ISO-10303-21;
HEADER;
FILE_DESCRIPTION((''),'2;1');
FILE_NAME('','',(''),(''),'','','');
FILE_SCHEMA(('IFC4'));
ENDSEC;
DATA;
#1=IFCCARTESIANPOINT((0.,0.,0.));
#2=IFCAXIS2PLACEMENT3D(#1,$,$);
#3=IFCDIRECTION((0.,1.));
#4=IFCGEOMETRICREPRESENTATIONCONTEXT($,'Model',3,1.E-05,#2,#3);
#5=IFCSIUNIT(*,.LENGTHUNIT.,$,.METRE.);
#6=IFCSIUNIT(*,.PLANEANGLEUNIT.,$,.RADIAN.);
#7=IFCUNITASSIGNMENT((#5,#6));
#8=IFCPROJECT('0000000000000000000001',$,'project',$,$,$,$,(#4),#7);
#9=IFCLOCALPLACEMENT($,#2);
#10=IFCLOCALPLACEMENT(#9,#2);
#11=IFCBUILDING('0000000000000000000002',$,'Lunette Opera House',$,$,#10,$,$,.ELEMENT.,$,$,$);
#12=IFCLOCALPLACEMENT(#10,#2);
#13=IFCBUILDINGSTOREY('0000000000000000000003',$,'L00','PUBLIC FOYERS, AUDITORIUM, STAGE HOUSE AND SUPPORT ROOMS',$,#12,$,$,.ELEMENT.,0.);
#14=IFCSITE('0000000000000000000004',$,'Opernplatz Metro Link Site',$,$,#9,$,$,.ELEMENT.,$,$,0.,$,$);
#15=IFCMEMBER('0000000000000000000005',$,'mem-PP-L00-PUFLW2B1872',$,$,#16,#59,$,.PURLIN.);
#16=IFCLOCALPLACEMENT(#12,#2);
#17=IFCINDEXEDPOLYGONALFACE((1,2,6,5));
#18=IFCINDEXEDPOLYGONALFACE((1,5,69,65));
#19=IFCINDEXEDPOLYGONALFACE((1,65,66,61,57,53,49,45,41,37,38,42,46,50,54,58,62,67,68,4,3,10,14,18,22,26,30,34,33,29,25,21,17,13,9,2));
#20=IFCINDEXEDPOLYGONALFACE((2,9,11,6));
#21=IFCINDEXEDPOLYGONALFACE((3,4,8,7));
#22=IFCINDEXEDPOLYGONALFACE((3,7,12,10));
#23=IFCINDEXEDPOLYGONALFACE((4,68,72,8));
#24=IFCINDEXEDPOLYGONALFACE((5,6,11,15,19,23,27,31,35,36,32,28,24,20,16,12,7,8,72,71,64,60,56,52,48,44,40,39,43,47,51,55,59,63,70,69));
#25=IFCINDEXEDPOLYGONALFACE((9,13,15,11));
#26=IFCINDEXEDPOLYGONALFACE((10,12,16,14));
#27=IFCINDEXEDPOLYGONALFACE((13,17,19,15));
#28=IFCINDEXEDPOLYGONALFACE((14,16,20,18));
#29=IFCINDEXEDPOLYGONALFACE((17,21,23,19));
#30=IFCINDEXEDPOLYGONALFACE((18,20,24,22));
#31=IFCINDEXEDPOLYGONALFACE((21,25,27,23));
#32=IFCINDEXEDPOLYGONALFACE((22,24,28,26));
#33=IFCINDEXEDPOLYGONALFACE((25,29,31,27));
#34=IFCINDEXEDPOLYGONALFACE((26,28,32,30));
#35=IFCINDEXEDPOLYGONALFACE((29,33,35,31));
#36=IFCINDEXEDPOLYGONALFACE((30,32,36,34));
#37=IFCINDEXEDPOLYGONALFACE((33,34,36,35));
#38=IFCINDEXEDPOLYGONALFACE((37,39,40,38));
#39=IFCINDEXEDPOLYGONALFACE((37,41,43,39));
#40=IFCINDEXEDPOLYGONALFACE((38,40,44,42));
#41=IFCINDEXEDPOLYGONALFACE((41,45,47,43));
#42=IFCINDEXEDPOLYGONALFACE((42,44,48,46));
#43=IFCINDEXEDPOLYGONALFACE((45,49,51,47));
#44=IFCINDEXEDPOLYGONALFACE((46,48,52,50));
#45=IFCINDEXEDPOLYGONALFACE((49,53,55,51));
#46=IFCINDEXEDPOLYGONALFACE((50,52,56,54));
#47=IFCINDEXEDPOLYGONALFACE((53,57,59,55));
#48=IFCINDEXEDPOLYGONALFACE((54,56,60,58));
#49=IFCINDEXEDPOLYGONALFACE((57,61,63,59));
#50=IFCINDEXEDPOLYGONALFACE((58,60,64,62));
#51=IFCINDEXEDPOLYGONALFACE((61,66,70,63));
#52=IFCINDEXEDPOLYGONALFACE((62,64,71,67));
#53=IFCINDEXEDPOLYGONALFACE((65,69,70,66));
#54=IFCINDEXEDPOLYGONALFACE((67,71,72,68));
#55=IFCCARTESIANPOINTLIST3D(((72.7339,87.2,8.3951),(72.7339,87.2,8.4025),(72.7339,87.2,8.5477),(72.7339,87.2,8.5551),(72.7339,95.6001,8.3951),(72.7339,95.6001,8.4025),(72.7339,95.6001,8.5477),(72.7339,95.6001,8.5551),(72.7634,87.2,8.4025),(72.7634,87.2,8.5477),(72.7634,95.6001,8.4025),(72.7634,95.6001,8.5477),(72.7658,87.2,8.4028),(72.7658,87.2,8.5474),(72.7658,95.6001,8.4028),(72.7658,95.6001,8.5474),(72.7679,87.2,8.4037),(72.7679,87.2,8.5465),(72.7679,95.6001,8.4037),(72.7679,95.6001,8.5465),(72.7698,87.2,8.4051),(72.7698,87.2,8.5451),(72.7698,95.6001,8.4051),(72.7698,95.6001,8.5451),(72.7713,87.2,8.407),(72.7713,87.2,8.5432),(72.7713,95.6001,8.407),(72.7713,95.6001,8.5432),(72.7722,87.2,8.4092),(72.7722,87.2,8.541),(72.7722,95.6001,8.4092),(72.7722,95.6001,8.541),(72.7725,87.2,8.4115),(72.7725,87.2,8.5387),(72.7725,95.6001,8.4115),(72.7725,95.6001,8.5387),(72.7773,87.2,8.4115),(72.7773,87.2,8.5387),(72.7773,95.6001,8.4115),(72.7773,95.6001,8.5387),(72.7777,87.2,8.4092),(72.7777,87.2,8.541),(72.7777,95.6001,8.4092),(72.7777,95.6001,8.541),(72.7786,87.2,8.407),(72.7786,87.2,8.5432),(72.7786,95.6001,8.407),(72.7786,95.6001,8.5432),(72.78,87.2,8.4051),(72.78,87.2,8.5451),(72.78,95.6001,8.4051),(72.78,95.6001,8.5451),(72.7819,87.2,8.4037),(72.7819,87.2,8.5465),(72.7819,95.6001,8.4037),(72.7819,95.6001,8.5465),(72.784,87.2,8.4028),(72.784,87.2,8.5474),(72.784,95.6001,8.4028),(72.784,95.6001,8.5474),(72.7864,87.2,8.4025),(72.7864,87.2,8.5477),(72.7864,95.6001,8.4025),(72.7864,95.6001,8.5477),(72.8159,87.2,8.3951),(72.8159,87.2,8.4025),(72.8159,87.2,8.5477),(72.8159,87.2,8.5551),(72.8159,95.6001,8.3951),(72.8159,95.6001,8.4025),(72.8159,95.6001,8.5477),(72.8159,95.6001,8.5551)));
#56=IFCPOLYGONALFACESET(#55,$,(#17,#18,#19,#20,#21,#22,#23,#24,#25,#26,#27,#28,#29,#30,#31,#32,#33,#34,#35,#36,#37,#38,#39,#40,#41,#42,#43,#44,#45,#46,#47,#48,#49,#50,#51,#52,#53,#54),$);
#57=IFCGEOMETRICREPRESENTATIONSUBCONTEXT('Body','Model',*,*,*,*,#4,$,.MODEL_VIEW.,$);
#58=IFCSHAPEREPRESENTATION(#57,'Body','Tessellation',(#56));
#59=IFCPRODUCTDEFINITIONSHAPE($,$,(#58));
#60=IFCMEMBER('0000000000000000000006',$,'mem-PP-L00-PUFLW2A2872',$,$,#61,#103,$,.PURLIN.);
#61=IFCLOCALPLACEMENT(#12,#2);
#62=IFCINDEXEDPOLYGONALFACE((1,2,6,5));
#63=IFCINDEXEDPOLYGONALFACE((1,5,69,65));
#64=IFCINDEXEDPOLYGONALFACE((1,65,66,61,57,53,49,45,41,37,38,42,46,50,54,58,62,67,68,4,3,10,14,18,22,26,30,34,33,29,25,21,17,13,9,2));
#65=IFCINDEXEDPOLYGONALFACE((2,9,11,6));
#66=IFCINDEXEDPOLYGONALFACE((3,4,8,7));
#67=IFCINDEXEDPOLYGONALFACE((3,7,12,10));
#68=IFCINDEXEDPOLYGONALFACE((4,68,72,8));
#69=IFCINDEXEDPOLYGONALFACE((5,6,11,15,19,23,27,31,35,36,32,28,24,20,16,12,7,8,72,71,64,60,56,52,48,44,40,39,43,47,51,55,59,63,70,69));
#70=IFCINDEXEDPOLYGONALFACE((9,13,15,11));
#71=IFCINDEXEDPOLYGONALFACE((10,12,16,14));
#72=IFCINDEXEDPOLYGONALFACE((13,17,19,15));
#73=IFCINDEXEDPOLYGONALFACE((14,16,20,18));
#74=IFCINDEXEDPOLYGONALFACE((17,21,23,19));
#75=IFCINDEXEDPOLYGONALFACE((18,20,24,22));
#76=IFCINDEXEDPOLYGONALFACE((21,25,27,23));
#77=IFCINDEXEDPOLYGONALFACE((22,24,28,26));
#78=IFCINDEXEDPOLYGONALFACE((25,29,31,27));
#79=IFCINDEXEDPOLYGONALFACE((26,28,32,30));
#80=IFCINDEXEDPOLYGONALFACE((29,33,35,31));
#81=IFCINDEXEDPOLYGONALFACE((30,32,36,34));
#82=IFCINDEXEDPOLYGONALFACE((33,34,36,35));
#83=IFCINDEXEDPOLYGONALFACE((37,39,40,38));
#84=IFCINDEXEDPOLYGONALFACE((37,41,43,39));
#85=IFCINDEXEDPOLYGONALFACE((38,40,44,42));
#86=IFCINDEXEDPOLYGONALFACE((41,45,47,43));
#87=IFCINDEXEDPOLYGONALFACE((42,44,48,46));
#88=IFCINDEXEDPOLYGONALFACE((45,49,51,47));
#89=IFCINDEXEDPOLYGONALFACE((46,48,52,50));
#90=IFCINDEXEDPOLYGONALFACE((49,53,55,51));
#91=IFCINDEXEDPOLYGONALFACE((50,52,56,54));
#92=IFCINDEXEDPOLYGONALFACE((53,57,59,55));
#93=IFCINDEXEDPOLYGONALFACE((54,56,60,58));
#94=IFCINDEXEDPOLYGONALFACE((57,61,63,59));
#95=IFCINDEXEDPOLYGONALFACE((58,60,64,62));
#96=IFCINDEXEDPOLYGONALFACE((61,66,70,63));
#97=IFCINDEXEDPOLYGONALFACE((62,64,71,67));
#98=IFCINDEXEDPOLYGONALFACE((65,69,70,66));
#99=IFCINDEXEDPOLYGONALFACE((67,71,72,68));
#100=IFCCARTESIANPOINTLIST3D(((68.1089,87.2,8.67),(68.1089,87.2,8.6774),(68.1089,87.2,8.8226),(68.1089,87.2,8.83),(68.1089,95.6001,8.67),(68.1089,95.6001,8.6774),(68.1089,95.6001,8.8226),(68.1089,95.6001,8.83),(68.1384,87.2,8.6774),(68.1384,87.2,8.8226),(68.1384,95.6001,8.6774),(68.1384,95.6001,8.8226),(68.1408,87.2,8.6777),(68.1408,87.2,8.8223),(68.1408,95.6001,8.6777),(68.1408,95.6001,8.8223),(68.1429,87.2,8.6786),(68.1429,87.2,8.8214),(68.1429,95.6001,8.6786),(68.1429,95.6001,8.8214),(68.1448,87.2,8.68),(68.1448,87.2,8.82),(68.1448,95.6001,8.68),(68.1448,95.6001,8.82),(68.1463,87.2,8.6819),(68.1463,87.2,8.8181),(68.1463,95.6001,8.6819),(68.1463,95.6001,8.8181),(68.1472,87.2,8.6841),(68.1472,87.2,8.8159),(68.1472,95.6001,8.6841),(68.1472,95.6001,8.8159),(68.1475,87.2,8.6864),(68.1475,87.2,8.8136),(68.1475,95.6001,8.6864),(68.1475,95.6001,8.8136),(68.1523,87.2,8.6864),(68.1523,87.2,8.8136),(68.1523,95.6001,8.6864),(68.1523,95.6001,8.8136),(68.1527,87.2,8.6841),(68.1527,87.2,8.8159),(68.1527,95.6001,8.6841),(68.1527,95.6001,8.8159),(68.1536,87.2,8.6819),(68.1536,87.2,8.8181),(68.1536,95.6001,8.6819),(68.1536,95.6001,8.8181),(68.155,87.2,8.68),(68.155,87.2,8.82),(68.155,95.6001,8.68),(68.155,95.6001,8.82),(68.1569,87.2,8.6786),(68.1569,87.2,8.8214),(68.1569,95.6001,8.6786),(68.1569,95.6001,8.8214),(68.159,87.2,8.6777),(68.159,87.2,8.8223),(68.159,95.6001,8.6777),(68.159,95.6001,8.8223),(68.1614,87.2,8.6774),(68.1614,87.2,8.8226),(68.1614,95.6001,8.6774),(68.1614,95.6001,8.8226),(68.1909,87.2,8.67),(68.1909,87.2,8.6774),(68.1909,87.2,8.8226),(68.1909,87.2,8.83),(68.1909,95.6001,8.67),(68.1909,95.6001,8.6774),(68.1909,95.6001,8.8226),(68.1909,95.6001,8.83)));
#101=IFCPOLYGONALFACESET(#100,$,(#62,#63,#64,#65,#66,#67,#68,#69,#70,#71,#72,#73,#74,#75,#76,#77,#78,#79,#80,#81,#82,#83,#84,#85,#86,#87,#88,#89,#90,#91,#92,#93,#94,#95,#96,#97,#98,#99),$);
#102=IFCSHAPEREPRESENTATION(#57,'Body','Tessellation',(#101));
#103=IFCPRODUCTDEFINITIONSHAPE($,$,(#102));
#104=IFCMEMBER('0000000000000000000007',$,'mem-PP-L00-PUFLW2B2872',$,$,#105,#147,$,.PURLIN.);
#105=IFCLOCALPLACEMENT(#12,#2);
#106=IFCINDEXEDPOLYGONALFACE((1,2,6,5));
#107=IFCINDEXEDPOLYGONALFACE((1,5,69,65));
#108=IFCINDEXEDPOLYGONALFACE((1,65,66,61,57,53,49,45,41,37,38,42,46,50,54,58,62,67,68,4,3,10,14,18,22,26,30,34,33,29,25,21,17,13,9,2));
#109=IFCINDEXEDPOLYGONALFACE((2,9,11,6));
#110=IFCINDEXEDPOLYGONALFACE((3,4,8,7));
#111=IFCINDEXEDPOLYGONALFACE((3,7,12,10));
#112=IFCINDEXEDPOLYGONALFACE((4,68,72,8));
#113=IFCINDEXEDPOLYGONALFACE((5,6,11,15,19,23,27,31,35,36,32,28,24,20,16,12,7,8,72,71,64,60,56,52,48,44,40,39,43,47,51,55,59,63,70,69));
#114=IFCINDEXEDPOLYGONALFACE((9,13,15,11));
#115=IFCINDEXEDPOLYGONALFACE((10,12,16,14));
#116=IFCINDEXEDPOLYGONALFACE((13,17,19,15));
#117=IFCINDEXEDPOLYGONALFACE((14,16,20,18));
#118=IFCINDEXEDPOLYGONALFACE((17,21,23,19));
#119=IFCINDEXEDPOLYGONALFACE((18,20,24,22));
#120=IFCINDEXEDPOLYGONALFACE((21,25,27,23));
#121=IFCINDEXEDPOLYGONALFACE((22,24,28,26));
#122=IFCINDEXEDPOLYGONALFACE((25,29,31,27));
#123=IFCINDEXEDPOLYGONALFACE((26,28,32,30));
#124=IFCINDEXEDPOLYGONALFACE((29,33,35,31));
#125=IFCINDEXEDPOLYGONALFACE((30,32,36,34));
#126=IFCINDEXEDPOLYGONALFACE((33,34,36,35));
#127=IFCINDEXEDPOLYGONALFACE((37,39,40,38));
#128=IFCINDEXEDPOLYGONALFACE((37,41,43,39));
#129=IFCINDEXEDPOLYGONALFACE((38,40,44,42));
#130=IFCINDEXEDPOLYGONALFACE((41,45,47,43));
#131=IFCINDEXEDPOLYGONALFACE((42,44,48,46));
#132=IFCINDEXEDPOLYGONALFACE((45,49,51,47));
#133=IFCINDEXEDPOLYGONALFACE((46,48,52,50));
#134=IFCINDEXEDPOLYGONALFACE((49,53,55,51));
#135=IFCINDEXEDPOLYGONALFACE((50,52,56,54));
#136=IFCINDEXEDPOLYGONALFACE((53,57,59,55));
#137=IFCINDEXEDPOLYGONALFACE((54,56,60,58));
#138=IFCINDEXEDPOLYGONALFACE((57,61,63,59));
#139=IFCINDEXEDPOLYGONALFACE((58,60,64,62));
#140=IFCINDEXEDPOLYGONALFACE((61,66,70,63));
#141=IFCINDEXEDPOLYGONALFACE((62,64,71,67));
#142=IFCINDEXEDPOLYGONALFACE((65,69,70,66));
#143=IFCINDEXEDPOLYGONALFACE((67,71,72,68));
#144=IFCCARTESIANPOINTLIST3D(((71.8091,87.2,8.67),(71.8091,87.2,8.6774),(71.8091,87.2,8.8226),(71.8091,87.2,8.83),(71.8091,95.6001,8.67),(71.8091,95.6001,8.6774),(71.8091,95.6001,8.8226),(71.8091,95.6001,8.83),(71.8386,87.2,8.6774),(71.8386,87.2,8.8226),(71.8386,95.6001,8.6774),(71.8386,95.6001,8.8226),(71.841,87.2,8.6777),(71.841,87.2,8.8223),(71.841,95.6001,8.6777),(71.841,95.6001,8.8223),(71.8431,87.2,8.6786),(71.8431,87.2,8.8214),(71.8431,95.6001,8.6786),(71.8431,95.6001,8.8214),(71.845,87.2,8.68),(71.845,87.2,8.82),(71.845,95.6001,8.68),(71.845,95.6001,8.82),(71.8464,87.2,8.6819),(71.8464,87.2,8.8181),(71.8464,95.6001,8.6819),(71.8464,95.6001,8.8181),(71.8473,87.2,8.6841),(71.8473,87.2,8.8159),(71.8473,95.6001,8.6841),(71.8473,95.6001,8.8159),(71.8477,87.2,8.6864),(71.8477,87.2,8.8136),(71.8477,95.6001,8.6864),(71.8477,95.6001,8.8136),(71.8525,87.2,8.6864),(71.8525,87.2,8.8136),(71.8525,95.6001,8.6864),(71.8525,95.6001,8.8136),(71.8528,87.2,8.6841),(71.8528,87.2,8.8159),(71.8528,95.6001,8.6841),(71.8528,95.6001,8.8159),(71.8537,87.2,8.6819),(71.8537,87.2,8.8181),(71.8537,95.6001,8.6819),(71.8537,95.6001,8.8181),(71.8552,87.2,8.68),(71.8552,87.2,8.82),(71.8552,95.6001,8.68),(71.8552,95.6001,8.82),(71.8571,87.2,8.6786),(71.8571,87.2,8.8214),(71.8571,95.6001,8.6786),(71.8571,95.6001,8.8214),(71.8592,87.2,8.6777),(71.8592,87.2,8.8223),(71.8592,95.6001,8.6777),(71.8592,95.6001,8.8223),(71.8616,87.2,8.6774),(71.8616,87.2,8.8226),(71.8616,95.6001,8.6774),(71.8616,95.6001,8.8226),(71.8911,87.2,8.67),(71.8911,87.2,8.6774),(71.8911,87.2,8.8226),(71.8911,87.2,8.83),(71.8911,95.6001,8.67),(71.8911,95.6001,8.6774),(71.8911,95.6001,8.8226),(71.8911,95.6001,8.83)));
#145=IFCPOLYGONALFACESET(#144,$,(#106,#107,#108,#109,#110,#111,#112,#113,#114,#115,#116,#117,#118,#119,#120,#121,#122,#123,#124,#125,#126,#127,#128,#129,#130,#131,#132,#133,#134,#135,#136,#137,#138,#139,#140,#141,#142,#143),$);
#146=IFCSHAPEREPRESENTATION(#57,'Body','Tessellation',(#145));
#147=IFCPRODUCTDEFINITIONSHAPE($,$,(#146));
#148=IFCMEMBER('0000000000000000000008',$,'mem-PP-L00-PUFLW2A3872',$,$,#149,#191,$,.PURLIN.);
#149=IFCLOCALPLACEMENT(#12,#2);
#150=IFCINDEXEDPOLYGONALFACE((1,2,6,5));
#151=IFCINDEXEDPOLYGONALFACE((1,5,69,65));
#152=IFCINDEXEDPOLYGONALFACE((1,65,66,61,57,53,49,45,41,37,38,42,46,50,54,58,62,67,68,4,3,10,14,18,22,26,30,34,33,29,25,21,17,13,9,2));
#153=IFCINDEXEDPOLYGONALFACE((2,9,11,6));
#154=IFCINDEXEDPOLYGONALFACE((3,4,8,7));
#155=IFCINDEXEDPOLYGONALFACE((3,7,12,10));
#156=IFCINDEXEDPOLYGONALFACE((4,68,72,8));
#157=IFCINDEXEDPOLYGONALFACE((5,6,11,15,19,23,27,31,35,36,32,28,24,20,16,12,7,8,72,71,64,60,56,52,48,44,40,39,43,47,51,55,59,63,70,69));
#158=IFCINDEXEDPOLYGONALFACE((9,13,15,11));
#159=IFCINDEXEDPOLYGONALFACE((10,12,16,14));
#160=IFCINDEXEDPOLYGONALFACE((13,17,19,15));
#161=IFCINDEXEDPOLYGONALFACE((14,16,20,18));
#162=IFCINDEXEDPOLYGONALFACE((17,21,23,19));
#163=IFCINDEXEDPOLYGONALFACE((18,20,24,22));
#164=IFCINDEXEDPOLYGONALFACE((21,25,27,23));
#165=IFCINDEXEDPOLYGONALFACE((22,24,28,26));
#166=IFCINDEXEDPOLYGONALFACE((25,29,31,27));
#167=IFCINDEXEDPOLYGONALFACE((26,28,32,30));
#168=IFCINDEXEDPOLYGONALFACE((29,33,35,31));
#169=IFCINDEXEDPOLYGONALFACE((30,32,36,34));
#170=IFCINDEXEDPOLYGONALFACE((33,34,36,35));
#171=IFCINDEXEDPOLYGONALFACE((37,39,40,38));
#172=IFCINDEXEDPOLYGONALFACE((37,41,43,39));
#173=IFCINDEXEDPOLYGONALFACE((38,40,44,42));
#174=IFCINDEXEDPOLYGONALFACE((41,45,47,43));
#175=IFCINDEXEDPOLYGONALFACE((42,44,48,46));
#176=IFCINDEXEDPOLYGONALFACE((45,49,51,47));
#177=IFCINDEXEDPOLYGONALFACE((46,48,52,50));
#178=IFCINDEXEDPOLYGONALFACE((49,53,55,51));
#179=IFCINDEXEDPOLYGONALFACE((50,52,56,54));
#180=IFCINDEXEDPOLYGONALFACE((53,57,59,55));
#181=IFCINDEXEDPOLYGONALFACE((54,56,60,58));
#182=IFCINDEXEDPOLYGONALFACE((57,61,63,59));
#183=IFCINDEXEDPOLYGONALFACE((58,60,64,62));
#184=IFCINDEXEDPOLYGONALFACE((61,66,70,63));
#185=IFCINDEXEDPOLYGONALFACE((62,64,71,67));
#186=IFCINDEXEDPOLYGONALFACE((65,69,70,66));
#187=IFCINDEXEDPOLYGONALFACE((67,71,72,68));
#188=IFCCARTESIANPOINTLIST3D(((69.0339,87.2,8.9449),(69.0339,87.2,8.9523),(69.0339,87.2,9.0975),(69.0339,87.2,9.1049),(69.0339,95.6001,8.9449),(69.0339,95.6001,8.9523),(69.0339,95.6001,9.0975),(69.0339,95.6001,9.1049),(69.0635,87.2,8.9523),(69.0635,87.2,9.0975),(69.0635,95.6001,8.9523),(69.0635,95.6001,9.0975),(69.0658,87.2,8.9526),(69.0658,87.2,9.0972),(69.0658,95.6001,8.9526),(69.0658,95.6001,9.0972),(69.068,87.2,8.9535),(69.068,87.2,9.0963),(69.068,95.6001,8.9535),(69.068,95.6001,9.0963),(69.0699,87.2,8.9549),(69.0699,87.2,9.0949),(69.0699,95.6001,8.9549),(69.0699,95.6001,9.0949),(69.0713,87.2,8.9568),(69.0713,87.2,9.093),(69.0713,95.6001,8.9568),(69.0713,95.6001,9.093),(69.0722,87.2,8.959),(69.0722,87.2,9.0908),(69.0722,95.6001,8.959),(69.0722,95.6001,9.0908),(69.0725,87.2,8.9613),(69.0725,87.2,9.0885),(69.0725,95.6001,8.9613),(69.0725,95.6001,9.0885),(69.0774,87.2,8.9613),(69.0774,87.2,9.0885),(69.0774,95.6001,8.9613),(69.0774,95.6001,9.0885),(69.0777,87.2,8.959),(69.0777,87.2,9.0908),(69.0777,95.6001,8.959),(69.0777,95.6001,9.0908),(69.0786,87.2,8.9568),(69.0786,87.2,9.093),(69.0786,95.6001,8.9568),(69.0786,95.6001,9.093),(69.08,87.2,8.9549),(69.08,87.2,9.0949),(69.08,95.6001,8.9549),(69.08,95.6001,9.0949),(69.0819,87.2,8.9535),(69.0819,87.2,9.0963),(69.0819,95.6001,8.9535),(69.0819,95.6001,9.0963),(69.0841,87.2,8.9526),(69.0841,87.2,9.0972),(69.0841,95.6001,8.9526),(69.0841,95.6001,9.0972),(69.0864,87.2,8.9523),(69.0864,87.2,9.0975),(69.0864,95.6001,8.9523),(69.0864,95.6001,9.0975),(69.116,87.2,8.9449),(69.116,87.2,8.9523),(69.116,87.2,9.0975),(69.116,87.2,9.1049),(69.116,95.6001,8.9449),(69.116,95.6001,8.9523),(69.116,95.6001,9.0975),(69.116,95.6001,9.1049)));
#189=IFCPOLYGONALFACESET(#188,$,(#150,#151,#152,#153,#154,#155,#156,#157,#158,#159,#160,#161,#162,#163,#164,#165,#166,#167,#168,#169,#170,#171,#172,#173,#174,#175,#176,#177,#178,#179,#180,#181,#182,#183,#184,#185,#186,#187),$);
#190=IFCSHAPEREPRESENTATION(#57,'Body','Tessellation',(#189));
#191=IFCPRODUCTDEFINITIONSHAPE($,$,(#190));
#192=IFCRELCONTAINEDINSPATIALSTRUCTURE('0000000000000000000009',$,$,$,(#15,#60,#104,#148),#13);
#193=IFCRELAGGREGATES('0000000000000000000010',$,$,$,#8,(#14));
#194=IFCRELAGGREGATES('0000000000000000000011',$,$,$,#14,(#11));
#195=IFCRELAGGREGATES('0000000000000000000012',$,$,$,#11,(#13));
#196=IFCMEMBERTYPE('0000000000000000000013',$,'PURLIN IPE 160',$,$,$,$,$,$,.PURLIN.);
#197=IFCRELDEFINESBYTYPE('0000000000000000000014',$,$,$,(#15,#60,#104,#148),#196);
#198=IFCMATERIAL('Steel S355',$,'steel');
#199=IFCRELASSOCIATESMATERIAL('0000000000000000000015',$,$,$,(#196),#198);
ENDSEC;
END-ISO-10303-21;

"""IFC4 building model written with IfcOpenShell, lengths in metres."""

from ifc_helpers import new_model, si_unit, direction, frame, origin, origin_2d, place, context, subcontext, project, spatial, i_section, extrude, material, material_profile, profile_set, type_object, element, save


model = new_model("IFC4")

# Units and contexts
model_context = context("Model", 3, precision=1e-05, world=origin(), true_north=direction((0.0, 1.0)))
body_context = subcontext(model_context, "Body", "Model", "MODEL_VIEW")
ifc_project = project(units=[si_unit("LENGTHUNIT", "METRE"), si_unit("PLANEANGLEUNIT", "RADIAN")], contexts=[model_context])

# Site, building, storey
site_placement = place(None, origin())
site = spatial("IfcSite", under=ifc_project, at=site_placement, Name="Opernplatz Metro Link Site", CompositionType="ELEMENT", RefElevation=0.0)
building_placement = place(site_placement, origin())
building = spatial("IfcBuilding", under=site, at=building_placement, Name="Lunette Opera House", CompositionType="ELEMENT")
storey_placement = place(building_placement, origin())
storey = spatial("IfcBuildingStorey", under=building, at=storey_placement, Name="L00", Description="PUBLIC FOYERS, AUDITORIUM, STAGE HOUSE AND SUPPORT ROOMS", CompositionType="ELEMENT", Elevation=0.0)

# Members
ifc_material_1 = material(Name="Steel S355", Category="steel")
ifc_material_profile_1 = material_profile(ifc_material_1, i_section(OverallWidth=0.082, OverallDepth=0.1599, WebThickness=0.0049, FlangeThickness=0.0073, FilletRadius=0.009, at=origin_2d()), Name="IPE 160")
ifc_profile_set_1 = profile_set([ifc_material_profile_1], Name="Steel S355")
member_type_1 = type_object("IfcMemberType", Name="PURLIN IPE 160", PredefinedType="PURLIN", material=ifc_profile_set_1)
for number, where, z_axis, x_axis, name in (
    (1, (72.7749, 87.2, 8.4751), (0.0, 1.0, 0.0), (-1.0, 0.0, 0.0), "mem-PP-L00-PUFLW2B1872"),
    (2, (68.1499, 87.2, 8.75), (0.0, 1.0, 0.0), (-1.0, 0.0, 0.0), "mem-PP-L00-PUFLW2A2872"),
    (3, (71.8501, 87.2, 8.75), (0.0, 1.0, 0.0), (-1.0, 0.0, 0.0), "mem-PP-L00-PUFLW2B2872"),
    (4, (69.075, 87.2, 9.0249), (0.0, 1.0, 0.0), (-1.0, 0.0, 0.0), "mem-PP-L00-PUFLW2A3872"),
):
    element("IfcMember", number, at=place(storey_placement, frame(where, z_axis=z_axis, x_axis=x_axis)), inside=storey, type_object=member_type_1, Name=name, PredefinedType="PURLIN", context=body_context, shape_type="SweptSolid", body=[
        extrude(i_section(OverallWidth=0.082, OverallDepth=0.1599, WebThickness=0.0049, FlangeThickness=0.0073, FilletRadius=0.009, at=origin_2d()), origin(), (0.0, 0.0, 1.0), 8.4001),
    ])

save(model, "model.ifc")
